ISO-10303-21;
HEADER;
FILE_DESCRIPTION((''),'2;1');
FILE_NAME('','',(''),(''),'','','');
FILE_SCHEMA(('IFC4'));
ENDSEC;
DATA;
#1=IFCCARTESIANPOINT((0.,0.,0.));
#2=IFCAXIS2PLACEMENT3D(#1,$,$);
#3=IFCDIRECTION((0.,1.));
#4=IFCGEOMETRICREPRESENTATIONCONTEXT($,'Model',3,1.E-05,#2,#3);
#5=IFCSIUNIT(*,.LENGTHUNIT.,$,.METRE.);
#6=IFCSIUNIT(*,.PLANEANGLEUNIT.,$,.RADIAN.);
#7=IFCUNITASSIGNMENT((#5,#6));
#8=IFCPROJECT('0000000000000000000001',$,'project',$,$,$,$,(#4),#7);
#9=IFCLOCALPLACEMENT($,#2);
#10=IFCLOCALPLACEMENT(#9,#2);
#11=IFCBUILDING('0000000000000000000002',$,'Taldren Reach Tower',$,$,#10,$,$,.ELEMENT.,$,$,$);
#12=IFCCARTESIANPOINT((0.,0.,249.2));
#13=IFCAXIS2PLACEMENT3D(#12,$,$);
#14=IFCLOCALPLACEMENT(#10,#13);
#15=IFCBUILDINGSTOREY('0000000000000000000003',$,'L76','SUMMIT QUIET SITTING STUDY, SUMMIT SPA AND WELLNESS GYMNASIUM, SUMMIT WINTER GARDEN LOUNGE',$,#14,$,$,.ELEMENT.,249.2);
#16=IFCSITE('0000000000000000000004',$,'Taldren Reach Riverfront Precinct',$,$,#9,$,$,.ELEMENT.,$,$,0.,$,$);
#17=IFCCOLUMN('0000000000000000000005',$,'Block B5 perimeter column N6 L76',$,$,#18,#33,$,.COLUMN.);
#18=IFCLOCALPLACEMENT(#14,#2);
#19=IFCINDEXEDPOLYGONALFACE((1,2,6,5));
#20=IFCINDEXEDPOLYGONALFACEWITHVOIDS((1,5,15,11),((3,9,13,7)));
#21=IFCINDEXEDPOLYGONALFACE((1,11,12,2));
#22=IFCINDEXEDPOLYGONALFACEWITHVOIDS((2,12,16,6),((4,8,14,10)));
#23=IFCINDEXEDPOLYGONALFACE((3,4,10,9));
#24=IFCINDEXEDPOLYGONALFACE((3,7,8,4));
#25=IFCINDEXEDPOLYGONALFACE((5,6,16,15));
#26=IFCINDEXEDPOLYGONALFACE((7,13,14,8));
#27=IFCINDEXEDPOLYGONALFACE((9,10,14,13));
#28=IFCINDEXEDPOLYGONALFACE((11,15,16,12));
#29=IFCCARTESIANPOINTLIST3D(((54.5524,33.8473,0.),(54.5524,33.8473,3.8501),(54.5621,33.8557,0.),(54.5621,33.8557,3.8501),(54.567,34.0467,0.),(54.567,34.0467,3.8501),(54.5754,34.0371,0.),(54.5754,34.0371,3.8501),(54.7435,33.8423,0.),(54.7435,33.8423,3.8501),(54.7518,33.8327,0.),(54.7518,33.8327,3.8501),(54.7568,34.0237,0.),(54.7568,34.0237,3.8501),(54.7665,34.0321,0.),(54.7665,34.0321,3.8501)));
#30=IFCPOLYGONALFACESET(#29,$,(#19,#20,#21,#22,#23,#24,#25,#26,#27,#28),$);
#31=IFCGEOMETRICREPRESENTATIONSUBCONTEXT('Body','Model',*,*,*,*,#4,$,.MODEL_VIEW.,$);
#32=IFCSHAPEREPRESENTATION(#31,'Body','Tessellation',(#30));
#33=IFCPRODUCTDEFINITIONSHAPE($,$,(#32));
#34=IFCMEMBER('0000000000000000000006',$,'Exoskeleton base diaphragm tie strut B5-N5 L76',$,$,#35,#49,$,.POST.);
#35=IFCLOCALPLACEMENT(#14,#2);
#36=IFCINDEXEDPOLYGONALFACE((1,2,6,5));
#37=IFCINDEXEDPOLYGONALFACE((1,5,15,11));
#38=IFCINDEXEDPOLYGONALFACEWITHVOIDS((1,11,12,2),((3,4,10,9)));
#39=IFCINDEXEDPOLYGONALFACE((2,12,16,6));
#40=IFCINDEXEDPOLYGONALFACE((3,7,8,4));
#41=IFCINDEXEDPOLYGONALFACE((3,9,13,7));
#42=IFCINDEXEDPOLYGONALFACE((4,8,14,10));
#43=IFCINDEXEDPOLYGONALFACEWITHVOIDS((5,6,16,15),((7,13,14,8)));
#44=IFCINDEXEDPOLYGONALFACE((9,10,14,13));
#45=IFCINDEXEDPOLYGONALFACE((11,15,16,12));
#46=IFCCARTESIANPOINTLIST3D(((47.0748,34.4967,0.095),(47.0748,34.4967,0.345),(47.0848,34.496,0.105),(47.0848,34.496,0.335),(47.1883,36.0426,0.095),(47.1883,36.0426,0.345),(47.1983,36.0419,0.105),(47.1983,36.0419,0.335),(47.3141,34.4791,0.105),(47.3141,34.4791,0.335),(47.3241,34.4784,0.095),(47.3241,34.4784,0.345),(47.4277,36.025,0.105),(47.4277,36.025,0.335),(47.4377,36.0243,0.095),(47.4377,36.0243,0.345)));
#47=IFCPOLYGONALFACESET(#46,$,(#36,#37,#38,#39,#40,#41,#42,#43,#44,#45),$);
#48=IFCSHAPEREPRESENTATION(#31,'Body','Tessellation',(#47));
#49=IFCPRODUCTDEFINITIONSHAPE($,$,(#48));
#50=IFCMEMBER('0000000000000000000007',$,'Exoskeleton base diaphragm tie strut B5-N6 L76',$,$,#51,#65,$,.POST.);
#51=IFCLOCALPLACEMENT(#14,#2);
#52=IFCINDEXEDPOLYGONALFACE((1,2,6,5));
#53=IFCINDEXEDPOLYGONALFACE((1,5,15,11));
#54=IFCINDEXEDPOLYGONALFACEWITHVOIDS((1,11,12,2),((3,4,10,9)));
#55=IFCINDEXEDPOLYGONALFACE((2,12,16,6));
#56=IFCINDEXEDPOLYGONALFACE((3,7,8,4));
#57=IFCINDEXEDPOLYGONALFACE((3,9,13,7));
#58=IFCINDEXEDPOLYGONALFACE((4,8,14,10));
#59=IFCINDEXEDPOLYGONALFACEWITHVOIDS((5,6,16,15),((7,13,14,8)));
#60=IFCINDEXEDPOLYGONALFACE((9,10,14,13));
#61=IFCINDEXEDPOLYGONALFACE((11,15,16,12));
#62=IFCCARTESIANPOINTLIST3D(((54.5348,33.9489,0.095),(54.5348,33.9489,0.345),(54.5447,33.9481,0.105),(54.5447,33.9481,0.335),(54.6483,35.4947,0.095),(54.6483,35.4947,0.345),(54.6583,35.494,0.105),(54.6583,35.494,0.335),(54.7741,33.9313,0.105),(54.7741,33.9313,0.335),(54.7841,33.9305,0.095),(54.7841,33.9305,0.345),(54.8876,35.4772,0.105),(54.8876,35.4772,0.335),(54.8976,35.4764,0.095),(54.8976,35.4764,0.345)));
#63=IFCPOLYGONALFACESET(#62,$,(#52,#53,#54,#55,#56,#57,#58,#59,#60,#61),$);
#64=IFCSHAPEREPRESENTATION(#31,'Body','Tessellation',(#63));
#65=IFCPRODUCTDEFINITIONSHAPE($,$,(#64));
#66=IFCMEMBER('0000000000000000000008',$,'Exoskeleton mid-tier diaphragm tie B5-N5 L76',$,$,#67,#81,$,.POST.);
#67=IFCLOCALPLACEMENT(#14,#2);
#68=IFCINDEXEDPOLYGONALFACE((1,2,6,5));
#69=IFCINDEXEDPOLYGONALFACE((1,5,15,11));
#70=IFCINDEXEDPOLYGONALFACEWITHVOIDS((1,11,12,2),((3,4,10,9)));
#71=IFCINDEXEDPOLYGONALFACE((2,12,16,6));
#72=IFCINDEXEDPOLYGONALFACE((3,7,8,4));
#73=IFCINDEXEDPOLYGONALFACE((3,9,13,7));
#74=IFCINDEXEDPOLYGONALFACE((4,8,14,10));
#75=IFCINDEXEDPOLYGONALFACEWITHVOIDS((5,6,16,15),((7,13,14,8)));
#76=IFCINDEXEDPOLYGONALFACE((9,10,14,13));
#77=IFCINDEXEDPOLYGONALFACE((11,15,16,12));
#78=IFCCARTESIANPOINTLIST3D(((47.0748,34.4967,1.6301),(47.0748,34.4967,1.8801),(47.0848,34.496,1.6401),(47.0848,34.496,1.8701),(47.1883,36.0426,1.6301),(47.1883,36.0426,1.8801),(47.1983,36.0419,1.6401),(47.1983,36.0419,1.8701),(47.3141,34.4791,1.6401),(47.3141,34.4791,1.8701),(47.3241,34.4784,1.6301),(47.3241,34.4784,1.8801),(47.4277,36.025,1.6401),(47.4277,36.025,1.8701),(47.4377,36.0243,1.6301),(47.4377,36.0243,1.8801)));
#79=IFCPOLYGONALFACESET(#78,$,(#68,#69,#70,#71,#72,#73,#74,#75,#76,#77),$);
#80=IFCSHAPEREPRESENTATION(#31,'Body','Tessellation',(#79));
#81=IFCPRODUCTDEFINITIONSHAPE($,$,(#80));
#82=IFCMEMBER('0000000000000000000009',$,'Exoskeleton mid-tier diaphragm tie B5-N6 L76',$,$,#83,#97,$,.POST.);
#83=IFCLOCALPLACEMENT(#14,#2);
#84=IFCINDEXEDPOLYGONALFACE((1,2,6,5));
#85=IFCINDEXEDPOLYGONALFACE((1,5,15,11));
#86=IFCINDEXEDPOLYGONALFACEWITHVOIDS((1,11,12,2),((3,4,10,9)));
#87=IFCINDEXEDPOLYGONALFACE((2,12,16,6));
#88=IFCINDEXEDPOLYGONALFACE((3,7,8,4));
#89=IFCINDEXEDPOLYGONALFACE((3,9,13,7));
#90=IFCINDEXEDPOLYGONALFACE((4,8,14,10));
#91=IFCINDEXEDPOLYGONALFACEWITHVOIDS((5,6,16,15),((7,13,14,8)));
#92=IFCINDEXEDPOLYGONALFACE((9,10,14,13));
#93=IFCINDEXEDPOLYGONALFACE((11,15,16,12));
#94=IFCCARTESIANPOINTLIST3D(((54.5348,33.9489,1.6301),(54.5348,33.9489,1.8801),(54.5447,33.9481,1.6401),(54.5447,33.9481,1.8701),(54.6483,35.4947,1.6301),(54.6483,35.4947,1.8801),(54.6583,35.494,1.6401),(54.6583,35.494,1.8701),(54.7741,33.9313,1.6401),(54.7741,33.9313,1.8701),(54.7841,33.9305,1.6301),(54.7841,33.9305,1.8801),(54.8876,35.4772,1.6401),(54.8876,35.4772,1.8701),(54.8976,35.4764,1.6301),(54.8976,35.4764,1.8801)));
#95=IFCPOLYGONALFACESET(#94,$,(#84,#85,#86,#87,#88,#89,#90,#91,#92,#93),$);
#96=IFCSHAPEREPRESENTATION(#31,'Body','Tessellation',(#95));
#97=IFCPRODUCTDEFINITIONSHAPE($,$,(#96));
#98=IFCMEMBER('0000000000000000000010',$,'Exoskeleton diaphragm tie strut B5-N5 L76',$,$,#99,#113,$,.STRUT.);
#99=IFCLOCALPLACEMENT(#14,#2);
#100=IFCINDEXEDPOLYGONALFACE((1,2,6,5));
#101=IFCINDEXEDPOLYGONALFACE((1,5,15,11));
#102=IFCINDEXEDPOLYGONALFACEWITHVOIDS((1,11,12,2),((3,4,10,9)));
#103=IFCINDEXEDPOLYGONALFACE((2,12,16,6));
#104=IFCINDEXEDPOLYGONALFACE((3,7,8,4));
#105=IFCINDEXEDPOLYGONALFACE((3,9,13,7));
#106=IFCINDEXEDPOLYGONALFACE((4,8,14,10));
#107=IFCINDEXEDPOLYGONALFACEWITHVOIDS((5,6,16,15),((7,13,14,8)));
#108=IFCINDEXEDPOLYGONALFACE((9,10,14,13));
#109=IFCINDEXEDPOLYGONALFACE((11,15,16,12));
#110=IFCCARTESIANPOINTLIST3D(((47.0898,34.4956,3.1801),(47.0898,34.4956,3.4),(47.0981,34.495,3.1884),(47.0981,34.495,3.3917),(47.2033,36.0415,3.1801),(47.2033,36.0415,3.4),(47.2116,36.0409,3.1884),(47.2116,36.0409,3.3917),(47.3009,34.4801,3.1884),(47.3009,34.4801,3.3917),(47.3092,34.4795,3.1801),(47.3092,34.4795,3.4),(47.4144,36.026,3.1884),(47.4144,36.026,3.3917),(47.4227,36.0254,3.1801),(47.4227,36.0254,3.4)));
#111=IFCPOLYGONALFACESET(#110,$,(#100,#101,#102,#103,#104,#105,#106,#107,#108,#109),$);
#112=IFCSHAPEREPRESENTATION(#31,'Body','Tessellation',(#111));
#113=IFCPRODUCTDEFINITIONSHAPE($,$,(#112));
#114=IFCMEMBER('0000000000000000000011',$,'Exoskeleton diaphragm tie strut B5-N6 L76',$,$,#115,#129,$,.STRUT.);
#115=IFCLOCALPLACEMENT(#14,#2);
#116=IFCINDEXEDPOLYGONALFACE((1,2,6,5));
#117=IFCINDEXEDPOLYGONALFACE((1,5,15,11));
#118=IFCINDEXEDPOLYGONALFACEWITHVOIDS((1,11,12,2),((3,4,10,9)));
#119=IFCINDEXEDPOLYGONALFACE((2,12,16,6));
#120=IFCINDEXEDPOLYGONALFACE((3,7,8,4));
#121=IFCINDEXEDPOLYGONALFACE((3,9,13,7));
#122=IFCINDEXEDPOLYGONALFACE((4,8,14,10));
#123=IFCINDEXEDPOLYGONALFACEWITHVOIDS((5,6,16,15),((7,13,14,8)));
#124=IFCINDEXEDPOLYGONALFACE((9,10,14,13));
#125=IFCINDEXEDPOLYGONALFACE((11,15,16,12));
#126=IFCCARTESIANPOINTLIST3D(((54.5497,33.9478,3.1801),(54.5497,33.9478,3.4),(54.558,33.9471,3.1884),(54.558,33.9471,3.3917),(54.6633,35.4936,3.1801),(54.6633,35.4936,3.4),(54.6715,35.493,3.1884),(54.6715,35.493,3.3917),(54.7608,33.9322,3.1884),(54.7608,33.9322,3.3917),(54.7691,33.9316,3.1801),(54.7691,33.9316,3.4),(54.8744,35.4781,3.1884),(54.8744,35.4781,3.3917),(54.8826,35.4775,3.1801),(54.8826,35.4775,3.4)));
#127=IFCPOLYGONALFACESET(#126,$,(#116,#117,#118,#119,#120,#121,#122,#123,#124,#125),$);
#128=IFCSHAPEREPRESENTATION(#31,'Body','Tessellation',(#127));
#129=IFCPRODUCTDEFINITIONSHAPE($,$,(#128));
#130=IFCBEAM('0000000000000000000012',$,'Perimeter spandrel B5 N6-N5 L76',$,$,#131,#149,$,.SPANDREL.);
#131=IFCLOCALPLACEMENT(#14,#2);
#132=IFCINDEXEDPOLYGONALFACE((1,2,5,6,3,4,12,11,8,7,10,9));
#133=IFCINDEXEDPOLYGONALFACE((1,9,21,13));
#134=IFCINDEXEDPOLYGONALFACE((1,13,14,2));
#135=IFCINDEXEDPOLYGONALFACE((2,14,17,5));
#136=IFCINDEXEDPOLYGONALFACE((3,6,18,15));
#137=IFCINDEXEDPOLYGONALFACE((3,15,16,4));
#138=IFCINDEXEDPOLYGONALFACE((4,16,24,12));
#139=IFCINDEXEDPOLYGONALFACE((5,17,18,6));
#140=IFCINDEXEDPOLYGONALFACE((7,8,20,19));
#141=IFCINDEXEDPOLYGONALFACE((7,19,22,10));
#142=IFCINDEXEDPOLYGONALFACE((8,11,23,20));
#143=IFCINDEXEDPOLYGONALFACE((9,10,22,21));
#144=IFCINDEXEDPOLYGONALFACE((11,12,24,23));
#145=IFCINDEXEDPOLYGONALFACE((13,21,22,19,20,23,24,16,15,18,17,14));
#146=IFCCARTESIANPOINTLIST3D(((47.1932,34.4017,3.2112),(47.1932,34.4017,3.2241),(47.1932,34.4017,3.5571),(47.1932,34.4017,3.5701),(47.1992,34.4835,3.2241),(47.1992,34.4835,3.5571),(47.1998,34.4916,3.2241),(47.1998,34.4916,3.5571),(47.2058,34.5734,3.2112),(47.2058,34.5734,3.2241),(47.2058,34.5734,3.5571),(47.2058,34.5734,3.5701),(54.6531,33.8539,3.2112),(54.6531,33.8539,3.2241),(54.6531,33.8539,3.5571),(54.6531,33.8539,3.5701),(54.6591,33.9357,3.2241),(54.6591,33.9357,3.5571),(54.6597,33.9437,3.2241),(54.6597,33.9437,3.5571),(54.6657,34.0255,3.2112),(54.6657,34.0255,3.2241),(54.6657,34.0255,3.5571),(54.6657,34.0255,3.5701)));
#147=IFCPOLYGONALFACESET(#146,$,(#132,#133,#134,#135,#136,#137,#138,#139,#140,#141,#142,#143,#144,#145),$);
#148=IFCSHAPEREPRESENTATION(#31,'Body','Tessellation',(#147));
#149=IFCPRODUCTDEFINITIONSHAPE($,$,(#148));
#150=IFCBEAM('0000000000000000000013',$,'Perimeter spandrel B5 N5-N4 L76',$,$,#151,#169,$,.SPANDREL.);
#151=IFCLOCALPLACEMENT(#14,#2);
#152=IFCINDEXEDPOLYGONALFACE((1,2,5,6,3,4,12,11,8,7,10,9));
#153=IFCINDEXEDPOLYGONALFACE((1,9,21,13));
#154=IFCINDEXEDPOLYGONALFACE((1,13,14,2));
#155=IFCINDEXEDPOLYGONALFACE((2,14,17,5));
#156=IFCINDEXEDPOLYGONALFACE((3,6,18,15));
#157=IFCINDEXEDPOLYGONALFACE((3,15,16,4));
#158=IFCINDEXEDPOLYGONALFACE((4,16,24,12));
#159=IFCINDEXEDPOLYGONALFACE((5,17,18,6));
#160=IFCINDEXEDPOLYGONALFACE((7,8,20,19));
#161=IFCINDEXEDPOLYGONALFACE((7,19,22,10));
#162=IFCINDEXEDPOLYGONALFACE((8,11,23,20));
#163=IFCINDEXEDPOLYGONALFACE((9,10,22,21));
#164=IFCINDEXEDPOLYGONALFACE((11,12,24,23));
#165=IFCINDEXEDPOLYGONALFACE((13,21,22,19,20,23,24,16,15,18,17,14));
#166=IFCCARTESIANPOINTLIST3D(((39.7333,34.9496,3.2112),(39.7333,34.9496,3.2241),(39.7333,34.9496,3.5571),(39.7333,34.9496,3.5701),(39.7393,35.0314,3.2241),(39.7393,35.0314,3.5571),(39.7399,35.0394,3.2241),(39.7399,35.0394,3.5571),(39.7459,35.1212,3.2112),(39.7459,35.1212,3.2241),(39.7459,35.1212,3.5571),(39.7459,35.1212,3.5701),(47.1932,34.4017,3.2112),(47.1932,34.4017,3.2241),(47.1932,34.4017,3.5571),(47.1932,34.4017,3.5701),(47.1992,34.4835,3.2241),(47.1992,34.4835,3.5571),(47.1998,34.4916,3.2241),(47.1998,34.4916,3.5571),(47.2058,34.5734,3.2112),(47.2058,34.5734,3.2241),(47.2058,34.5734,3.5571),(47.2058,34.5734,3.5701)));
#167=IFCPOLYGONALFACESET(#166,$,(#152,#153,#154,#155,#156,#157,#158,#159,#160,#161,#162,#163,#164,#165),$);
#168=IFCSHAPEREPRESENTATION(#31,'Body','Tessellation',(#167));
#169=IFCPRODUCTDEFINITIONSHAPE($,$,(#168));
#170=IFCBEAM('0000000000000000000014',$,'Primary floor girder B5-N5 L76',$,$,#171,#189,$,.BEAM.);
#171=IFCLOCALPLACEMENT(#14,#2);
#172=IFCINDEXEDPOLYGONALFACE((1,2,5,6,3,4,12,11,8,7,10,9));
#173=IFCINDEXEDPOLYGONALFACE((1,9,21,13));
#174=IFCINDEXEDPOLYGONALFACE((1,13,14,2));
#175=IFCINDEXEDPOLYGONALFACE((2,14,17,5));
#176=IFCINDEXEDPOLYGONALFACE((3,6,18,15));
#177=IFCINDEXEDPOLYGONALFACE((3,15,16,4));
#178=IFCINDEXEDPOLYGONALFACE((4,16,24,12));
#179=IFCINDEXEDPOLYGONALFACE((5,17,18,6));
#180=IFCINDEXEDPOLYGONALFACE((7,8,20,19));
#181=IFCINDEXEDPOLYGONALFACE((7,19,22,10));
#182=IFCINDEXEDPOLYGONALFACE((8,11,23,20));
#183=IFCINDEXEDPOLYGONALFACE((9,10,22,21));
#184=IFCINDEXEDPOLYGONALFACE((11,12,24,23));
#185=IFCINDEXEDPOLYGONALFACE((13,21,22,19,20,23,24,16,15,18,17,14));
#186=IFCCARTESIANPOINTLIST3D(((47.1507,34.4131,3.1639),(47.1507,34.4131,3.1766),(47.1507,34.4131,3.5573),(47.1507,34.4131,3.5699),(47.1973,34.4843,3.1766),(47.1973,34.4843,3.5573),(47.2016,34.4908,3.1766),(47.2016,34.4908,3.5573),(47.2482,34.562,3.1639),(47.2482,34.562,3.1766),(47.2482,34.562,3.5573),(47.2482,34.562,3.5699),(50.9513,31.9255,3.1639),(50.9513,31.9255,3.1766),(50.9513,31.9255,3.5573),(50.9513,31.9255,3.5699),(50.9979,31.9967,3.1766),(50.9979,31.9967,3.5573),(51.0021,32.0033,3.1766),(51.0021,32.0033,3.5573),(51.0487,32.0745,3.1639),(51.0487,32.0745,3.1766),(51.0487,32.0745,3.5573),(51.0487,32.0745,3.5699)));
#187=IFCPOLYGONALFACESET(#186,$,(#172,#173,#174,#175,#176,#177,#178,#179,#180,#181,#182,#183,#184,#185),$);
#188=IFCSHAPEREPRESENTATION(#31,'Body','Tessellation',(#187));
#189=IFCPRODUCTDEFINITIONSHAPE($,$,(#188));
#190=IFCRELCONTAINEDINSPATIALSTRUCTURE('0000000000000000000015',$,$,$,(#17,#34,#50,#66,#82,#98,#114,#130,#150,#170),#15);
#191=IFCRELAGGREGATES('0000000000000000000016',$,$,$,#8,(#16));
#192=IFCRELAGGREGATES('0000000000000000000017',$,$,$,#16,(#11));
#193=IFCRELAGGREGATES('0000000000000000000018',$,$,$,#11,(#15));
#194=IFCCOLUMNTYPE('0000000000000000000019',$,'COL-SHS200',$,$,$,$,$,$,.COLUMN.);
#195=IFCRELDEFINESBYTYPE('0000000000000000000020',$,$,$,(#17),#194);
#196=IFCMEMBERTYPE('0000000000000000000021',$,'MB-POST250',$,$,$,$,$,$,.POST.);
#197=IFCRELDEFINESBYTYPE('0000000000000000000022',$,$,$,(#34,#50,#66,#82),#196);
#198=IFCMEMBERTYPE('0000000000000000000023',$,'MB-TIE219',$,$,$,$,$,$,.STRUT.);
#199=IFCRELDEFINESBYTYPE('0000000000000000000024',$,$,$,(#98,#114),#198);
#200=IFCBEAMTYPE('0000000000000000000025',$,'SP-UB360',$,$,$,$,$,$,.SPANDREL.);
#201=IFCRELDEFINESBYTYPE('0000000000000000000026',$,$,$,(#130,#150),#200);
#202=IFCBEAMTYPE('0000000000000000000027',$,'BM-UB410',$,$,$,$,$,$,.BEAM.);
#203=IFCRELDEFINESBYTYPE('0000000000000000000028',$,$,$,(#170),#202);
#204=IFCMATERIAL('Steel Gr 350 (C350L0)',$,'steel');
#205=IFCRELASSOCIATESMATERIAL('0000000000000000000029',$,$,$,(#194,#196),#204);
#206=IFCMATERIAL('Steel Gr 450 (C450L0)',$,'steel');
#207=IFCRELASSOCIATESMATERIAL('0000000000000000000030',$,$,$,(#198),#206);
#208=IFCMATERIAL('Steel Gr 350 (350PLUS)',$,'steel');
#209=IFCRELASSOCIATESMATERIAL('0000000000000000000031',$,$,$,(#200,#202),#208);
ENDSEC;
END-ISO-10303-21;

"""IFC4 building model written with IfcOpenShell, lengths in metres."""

from ifc_helpers import new_model, si_unit, direction, frame, origin, origin_2d, place, context, subcontext, project, spatial, hollow_rectangle, i_section, extrude, source, transform, mapped, material, material_profile, profile_set, type_object, element, save


model = new_model("IFC4")

# Units and contexts
model_context = context("Model", 3, precision=1e-05, world=origin(), true_north=direction((0.0, 1.0)))
body_context = subcontext(model_context, "Body", "Model", "MODEL_VIEW")
ifc_project = project(units=[si_unit("LENGTHUNIT", "METRE"), si_unit("PLANEANGLEUNIT", "RADIAN")], contexts=[model_context])

# Site, building, storey
site_placement = place(None, origin())
site = spatial("IfcSite", under=ifc_project, at=site_placement, Name="Taldren Reach Riverfront Precinct", CompositionType="ELEMENT", RefElevation=0.0)
building_placement = place(site_placement, origin())
building = spatial("IfcBuilding", under=site, at=building_placement, Name="Taldren Reach Tower", CompositionType="ELEMENT")
storey_placement = place(building_placement, frame((0.0, 0.0, 249.2)))
storey = spatial("IfcBuildingStorey", under=building, at=storey_placement, Name="L76", Description="SUMMIT QUIET SITTING STUDY, SUMMIT SPA AND WELLNESS GYMNASIUM, SUMMIT WINTER GARDEN LOUNGE", CompositionType="ELEMENT", Elevation=249.2)

# Column
ifc_material_1 = material(Name="Steel Gr 350 (C350L0)", Category="steel")
ifc_material_profile_1 = material_profile(ifc_material_1, hollow_rectangle(XDim=0.2, YDim=0.2, WallThickness=0.009, at=origin_2d()), Name="200x200x9.0SHS")
ifc_profile_set_1 = profile_set([ifc_material_profile_1], Name="Steel Gr 350 (C350L0)")
column_type = type_object("IfcColumnType", Name="COL-SHS200", PredefinedType="COLUMN", material=ifc_profile_set_1)
shared_shape_1 = source(origin(), body_context, "Body", "SweptSolid", [
    extrude(hollow_rectangle(XDim=0.2, YDim=0.2, WallThickness=0.009, at=origin_2d()), origin(), (0.0, 0.0, 1.0), 3.8501),
])
column_placement = place(storey_placement, frame((54.6594, 33.9397, 0.0), z_axis=(0.0, 0.0, 1.0), x_axis=(0.997314, -0.073238, 0.0)))
element("IfcColumn", 1, at=column_placement, inside=storey, type_object=column_type, Name="Block B5 perimeter column N6 L76", PredefinedType="COLUMN", context=body_context, shape_type="MappedRepresentation", body=[
    mapped(shared_shape_1, transform((0.0, 0.0, 0.0), scale=1.0)),
])

# Members
ifc_material_profile_2 = material_profile(ifc_material_1, hollow_rectangle(XDim=0.25, YDim=0.25, WallThickness=0.01, at=origin_2d()), Name="250x250x10.0SHS")
ifc_profile_set_2 = profile_set([ifc_material_profile_2], Name="Steel Gr 350 (C350L0)")
member_type_1 = type_object("IfcMemberType", Name="MB-POST250", PredefinedType="POST", material=ifc_profile_set_2)
shared_shape_2 = source(origin(), body_context, "Body", "SweptSolid", [
    extrude(hollow_rectangle(XDim=0.25, YDim=0.25, WallThickness=0.01, at=origin_2d()), origin(), (0.0, 0.0, 1.0), 1.55),
])
for number, where, z_axis, x_axis, name in (
    (2, (47.1995, 34.4875, 0.22), (0.073239, 0.997314, 0.0), (-0.997314, 0.073239, 0.0), "Exoskeleton base diaphragm tie strut B5-N5 L76"),
    (3, (54.6594, 33.9397, 0.22), (0.073239, 0.997314, 0.0), (-0.997314, 0.073239, 0.0), "Exoskeleton base diaphragm tie strut B5-N6 L76"),
    (4, (47.1995, 34.4875, 1.7551), (0.073239, 0.997314, 0.0), (-0.997314, 0.073239, 0.0), "Exoskeleton mid-tier diaphragm tie B5-N5 L76"),
    (5, (54.6594, 33.9397, 1.7551), (0.073239, 0.997314, 0.0), (-0.997314, 0.073239, 0.0), "Exoskeleton mid-tier diaphragm tie B5-N6 L76"),
):
    element("IfcMember", number, at=place(storey_placement, frame(where, z_axis=z_axis, x_axis=x_axis)), inside=storey, type_object=member_type_1, Name=name, PredefinedType="POST", context=body_context, shape_type="MappedRepresentation", body=[
        mapped(shared_shape_2, transform((0.0, 0.0, 0.0), scale=1.0)),
    ])
ifc_material_2 = material(Name="Steel Gr 450 (C450L0)", Category="steel")
ifc_material_profile_3 = material_profile(ifc_material_2, hollow_rectangle(XDim=0.22, YDim=0.22, WallThickness=0.0083, at=origin_2d()), Name="220x220x8.2SHS")
ifc_profile_set_3 = profile_set([ifc_material_profile_3], Name="Steel Gr 450 (C450L0)")
member_type_2 = type_object("IfcMemberType", Name="MB-TIE219", PredefinedType="STRUT", material=ifc_profile_set_3)
shared_shape_3 = source(origin(), body_context, "Body", "SweptSolid", [
    extrude(hollow_rectangle(XDim=0.22, YDim=0.22, WallThickness=0.0083, at=origin_2d()), origin(), (0.0, 0.0, 1.0), 1.55),
])
for number, where, z_axis, x_axis, name in (
    (6, (47.1995, 34.4875, 3.29), (0.073239, 0.997314, 0.0), (-0.997314, 0.073239, 0.0), "Exoskeleton diaphragm tie strut B5-N5 L76"),
    (7, (54.6594, 33.9397, 3.29), (0.073239, 0.997314, 0.0), (-0.997314, 0.073239, 0.0), "Exoskeleton diaphragm tie strut B5-N6 L76"),
):
    element("IfcMember", number, at=place(storey_placement, frame(where, z_axis=z_axis, x_axis=x_axis)), inside=storey, type_object=member_type_2, Name=name, PredefinedType="STRUT", context=body_context, shape_type="MappedRepresentation", body=[
        mapped(shared_shape_3, transform((0.0, 0.0, 0.0), scale=1.0)),
    ])

# Beams
ifc_material_3 = material(Name="Steel Gr 350 (350PLUS)", Category="steel")
ifc_material_profile_4 = material_profile(ifc_material_3, i_section(OverallWidth=0.1721, OverallDepth=0.3589, WebThickness=0.0081, FlangeThickness=0.0129, at=origin_2d()), Name="360UB56.7")
ifc_profile_set_4 = profile_set([ifc_material_profile_4], Name="Steel Gr 350 (350PLUS)")
beam_type_1 = type_object("IfcBeamType", Name="SP-UB360", PredefinedType="SPANDREL", material=ifc_profile_set_4)
shared_shape_4 = source(origin(), body_context, "Body", "SweptSolid", [
    extrude(i_section(OverallWidth=0.1721, OverallDepth=0.3589, WebThickness=0.0081, FlangeThickness=0.0129, at=origin_2d()), origin(), (0.0, 0.0, 1.0), 7.48),
])
for number, where, z_axis, x_axis, name in (
    (8, (54.6594, 33.9397, 3.3906), (-0.997314, 0.073242, 0.0), (-0.073242, -0.997314, 0.0), "Perimeter spandrel B5 N6-N5 L76"),
    (9, (47.1995, 34.4875, 3.3906), (-0.997314, 0.073242, 0.0), (-0.073242, -0.997314, 0.0), "Perimeter spandrel B5 N5-N4 L76"),
):
    element("IfcBeam", number, at=place(storey_placement, frame(where, z_axis=z_axis, x_axis=x_axis)), inside=storey, type_object=beam_type_1, Name=name, PredefinedType="SPANDREL", context=body_context, shape_type="MappedRepresentation", body=[
        mapped(shared_shape_4, transform((0.0, 0.0, 0.0), scale=1.0)),
    ])
ifc_material_profile_5 = material_profile(ifc_material_3, i_section(OverallWidth=0.178, OverallDepth=0.406, WebThickness=0.0078, FlangeThickness=0.0127, at=origin_2d()), Name="410UB59.7")
ifc_profile_set_5 = profile_set([ifc_material_profile_5], Name="Steel Gr 350 (350PLUS)")
beam_type_2 = type_object("IfcBeamType", Name="BM-UB410", PredefinedType="BEAM", material=ifc_profile_set_5)
shared_shape_5 = source(origin(), body_context, "Body", "SweptSolid", [
    extrude(i_section(OverallWidth=0.178, OverallDepth=0.406, WebThickness=0.0078, FlangeThickness=0.0127, at=origin_2d()), origin(), (0.0, 0.0, 1.0), 4.5422),
])
beam_placement = place(storey_placement, frame((51.0, 32.0, 3.3669), z_axis=(-0.836709, 0.547648, 0.0), x_axis=(-0.547648, -0.836709, 0.0)))
element("IfcBeam", 10, at=beam_placement, inside=storey, type_object=beam_type_2, Name="Primary floor girder B5-N5 L76", PredefinedType="BEAM", context=body_context, shape_type="MappedRepresentation", body=[
    mapped(shared_shape_5, transform((0.0, 0.0, 0.0), scale=1.0)),
])

save(model, "model.ifc")
